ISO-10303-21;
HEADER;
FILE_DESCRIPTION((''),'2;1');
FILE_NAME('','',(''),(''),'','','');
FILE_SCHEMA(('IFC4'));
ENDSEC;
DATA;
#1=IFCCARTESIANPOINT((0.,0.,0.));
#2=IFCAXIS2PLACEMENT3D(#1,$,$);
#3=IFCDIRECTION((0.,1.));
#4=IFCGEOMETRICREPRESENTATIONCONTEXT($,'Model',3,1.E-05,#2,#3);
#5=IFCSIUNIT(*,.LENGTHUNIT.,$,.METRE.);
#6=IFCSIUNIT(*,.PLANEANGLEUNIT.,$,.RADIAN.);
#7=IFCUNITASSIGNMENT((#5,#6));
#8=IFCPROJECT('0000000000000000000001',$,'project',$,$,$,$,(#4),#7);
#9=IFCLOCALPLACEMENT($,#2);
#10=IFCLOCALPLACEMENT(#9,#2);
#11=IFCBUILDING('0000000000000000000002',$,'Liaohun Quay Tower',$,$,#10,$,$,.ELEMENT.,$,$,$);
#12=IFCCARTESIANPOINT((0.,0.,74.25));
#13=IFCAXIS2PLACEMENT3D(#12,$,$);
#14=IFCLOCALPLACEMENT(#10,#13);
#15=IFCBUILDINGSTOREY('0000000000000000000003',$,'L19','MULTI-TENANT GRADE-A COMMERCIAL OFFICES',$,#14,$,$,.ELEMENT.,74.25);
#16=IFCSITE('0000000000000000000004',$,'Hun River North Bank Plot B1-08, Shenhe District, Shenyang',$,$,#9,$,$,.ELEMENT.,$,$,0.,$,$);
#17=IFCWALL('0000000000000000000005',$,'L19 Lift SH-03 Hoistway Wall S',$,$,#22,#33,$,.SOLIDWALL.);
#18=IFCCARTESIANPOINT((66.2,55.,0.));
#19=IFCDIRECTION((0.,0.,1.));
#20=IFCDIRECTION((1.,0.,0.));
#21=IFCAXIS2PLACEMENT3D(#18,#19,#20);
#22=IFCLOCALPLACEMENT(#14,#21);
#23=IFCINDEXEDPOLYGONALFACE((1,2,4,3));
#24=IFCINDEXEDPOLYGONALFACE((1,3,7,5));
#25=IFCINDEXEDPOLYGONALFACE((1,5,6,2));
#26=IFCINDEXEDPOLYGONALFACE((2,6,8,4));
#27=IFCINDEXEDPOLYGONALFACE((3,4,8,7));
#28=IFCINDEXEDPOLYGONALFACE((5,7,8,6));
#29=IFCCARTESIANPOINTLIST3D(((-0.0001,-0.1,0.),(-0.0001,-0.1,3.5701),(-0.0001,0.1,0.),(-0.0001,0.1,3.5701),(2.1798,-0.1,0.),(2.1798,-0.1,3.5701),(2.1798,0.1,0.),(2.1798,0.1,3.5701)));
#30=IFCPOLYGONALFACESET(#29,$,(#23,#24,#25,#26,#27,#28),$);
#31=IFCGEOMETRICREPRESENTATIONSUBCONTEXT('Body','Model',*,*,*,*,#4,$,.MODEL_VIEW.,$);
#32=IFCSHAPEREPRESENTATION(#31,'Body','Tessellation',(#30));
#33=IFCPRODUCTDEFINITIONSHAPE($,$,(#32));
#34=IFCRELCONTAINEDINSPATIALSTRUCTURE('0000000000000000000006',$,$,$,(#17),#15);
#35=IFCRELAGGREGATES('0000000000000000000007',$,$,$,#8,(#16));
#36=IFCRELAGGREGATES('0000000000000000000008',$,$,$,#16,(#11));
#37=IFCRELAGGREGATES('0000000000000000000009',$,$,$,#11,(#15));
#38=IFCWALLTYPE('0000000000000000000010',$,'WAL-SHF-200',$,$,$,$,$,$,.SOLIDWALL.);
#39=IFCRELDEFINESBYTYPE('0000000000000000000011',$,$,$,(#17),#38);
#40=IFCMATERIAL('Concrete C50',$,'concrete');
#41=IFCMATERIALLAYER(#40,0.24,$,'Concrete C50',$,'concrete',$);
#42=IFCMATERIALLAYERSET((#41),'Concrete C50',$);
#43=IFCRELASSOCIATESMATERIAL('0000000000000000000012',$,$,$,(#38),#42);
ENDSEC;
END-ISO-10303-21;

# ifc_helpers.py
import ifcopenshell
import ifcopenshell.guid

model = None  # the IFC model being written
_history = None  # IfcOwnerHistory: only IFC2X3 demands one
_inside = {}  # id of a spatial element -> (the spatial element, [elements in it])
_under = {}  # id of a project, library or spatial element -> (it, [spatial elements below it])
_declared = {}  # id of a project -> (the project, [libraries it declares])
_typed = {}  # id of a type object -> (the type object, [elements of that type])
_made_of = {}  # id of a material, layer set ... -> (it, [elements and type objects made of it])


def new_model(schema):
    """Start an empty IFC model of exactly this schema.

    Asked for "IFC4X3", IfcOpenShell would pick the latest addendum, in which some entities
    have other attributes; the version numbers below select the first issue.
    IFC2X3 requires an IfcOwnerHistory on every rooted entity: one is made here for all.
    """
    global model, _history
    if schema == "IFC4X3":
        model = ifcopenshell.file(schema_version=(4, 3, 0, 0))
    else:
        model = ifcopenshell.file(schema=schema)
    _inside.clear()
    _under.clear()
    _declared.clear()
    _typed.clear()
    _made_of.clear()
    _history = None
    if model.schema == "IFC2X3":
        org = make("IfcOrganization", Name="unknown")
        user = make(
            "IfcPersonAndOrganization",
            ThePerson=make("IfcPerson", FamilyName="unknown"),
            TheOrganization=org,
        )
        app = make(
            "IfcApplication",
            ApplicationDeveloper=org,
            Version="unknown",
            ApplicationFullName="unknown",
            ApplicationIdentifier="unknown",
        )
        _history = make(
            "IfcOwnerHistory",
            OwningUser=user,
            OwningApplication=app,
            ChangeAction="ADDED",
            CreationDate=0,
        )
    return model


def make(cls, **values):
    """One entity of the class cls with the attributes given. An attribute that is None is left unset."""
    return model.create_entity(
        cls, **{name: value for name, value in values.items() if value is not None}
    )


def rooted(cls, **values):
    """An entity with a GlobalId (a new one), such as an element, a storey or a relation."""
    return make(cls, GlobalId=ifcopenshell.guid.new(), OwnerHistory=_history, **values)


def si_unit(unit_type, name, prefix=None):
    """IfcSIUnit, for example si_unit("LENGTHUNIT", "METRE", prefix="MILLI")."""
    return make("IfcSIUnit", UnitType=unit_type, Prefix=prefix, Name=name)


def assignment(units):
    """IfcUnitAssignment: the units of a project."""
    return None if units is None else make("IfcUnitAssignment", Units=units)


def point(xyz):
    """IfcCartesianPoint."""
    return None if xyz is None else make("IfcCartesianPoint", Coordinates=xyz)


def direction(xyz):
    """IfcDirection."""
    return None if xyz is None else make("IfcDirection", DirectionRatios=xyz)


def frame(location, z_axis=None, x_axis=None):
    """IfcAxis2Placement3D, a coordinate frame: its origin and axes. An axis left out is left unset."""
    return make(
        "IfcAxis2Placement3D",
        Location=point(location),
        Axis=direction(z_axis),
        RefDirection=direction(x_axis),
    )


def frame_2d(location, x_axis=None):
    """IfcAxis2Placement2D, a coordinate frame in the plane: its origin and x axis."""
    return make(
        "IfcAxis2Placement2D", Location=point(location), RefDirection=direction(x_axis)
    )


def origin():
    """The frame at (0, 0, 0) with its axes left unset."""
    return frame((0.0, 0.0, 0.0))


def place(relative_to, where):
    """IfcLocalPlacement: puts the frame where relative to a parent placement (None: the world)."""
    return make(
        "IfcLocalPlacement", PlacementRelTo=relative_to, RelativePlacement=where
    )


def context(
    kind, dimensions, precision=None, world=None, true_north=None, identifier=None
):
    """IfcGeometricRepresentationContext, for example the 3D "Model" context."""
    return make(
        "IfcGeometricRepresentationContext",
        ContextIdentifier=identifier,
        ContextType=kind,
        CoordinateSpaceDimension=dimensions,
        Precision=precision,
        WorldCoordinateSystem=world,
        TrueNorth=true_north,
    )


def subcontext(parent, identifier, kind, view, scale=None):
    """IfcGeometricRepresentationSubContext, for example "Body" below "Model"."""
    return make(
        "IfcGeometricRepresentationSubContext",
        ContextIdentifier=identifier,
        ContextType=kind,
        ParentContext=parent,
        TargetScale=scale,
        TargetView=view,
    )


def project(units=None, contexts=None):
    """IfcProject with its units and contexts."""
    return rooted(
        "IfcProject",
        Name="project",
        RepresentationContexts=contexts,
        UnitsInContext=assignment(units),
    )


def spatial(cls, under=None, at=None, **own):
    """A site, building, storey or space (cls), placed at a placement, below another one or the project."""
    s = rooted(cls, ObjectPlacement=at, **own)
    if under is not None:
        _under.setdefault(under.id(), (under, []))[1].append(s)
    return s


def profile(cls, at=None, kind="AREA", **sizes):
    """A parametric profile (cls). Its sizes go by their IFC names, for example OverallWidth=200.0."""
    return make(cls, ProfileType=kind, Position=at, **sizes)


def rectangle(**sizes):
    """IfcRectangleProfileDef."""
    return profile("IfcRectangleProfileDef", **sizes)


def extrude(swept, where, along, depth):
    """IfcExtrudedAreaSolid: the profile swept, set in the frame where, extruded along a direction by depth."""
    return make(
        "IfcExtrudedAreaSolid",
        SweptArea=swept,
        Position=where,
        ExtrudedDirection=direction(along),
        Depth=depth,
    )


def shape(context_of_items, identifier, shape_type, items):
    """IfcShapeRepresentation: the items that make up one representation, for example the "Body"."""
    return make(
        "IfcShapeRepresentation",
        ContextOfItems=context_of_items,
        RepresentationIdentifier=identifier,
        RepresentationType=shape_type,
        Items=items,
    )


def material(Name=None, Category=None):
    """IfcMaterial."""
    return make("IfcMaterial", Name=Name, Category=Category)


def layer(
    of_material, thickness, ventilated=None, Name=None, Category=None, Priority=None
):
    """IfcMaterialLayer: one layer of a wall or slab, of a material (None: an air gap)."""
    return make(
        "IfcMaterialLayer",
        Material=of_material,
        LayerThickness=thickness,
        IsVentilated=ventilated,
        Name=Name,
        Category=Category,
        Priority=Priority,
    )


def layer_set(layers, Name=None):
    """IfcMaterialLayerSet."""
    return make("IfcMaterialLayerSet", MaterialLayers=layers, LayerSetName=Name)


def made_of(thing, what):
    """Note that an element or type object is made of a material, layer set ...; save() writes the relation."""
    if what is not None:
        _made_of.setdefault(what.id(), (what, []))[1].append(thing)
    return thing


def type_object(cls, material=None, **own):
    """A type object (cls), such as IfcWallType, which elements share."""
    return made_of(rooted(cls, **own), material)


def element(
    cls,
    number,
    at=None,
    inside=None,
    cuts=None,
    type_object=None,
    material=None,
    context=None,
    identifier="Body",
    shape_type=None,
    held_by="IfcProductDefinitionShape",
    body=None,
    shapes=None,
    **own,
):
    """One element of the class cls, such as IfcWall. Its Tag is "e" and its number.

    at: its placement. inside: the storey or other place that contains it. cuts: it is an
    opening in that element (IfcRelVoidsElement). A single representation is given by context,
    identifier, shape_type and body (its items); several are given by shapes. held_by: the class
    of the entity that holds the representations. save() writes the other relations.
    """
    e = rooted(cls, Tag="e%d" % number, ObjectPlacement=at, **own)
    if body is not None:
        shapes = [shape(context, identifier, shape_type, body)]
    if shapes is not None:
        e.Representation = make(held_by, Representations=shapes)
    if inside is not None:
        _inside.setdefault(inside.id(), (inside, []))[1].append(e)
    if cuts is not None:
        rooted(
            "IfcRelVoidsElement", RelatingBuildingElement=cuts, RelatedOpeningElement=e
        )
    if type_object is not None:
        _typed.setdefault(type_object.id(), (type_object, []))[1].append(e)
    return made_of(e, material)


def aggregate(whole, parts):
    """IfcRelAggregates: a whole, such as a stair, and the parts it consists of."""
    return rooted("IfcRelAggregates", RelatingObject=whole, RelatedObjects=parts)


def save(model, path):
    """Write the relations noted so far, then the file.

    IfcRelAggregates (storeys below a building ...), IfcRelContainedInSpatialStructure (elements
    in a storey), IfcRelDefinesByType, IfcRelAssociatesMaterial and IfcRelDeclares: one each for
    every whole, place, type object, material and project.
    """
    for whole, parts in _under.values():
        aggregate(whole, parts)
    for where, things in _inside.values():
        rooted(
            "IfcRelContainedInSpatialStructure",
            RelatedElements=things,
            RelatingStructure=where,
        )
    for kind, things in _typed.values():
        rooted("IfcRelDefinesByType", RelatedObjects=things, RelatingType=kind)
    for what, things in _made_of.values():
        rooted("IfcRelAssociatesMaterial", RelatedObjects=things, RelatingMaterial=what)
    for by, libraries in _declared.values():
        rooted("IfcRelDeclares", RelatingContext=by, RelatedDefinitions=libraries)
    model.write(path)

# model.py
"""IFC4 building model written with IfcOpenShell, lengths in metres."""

from ifc_helpers import new_model, si_unit, direction, frame, frame_2d, origin, place, context, subcontext, project, spatial, rectangle, extrude, material, layer, layer_set, type_object, element, save


model = new_model("IFC4")

# Units and contexts
model_context = context("Model", 3, precision=1e-05, world=origin(), true_north=direction((0.0, 1.0)))
body_context = subcontext(model_context, "Body", "Model", "MODEL_VIEW")
ifc_project = project(units=[si_unit("LENGTHUNIT", "METRE"), si_unit("PLANEANGLEUNIT", "RADIAN")], contexts=[model_context])

# Site, building, storey
site_placement = place(None, origin())
site = spatial("IfcSite", under=ifc_project, at=site_placement, Name="Hun River North Bank Plot B1-08, Shenhe District, Shenyang", CompositionType="ELEMENT", RefElevation=0.0)
building_placement = place(site_placement, origin())
building = spatial("IfcBuilding", under=site, at=building_placement, Name="Liaohun Quay Tower", CompositionType="ELEMENT")
storey_placement = place(building_placement, frame((0.0, 0.0, 74.25)))
storey = spatial("IfcBuildingStorey", under=building, at=storey_placement, Name="L19", Description="MULTI-TENANT GRADE-A COMMERCIAL OFFICES", CompositionType="ELEMENT", Elevation=74.25)

# Shared definitions
ifc_material_1 = material(Name="Concrete C50", Category="concrete")
ifc_layer_1 = layer(ifc_material_1, 0.24, Name="Concrete C50", Category="concrete")
ifc_layer_set_1 = layer_set([ifc_layer_1], Name="Concrete C50")
wall_type_1 = type_object("IfcWallType", Name="WAL-SHF-200", PredefinedType="SOLIDWALL", material=ifc_layer_set_1)

# Wall
wall_1_placement = place(storey_placement, frame((66.2, 55.0, 0.0), z_axis=(0.0, 0.0, 1.0), x_axis=(1.0, 0.0, 0.0)))
element("IfcWall", 1, at=wall_1_placement, inside=storey, type_object=wall_type_1, Name="L19 Lift SH-03 Hoistway Wall S", PredefinedType="SOLIDWALL", context=body_context, shape_type="SweptSolid", body=[
    extrude(rectangle(XDim=2.1799, YDim=0.2, at=frame_2d((1.0898, 0.0))), origin(), (0.0, 0.0, 1.0), 3.5701),
])

save(model, "model.ifc")
